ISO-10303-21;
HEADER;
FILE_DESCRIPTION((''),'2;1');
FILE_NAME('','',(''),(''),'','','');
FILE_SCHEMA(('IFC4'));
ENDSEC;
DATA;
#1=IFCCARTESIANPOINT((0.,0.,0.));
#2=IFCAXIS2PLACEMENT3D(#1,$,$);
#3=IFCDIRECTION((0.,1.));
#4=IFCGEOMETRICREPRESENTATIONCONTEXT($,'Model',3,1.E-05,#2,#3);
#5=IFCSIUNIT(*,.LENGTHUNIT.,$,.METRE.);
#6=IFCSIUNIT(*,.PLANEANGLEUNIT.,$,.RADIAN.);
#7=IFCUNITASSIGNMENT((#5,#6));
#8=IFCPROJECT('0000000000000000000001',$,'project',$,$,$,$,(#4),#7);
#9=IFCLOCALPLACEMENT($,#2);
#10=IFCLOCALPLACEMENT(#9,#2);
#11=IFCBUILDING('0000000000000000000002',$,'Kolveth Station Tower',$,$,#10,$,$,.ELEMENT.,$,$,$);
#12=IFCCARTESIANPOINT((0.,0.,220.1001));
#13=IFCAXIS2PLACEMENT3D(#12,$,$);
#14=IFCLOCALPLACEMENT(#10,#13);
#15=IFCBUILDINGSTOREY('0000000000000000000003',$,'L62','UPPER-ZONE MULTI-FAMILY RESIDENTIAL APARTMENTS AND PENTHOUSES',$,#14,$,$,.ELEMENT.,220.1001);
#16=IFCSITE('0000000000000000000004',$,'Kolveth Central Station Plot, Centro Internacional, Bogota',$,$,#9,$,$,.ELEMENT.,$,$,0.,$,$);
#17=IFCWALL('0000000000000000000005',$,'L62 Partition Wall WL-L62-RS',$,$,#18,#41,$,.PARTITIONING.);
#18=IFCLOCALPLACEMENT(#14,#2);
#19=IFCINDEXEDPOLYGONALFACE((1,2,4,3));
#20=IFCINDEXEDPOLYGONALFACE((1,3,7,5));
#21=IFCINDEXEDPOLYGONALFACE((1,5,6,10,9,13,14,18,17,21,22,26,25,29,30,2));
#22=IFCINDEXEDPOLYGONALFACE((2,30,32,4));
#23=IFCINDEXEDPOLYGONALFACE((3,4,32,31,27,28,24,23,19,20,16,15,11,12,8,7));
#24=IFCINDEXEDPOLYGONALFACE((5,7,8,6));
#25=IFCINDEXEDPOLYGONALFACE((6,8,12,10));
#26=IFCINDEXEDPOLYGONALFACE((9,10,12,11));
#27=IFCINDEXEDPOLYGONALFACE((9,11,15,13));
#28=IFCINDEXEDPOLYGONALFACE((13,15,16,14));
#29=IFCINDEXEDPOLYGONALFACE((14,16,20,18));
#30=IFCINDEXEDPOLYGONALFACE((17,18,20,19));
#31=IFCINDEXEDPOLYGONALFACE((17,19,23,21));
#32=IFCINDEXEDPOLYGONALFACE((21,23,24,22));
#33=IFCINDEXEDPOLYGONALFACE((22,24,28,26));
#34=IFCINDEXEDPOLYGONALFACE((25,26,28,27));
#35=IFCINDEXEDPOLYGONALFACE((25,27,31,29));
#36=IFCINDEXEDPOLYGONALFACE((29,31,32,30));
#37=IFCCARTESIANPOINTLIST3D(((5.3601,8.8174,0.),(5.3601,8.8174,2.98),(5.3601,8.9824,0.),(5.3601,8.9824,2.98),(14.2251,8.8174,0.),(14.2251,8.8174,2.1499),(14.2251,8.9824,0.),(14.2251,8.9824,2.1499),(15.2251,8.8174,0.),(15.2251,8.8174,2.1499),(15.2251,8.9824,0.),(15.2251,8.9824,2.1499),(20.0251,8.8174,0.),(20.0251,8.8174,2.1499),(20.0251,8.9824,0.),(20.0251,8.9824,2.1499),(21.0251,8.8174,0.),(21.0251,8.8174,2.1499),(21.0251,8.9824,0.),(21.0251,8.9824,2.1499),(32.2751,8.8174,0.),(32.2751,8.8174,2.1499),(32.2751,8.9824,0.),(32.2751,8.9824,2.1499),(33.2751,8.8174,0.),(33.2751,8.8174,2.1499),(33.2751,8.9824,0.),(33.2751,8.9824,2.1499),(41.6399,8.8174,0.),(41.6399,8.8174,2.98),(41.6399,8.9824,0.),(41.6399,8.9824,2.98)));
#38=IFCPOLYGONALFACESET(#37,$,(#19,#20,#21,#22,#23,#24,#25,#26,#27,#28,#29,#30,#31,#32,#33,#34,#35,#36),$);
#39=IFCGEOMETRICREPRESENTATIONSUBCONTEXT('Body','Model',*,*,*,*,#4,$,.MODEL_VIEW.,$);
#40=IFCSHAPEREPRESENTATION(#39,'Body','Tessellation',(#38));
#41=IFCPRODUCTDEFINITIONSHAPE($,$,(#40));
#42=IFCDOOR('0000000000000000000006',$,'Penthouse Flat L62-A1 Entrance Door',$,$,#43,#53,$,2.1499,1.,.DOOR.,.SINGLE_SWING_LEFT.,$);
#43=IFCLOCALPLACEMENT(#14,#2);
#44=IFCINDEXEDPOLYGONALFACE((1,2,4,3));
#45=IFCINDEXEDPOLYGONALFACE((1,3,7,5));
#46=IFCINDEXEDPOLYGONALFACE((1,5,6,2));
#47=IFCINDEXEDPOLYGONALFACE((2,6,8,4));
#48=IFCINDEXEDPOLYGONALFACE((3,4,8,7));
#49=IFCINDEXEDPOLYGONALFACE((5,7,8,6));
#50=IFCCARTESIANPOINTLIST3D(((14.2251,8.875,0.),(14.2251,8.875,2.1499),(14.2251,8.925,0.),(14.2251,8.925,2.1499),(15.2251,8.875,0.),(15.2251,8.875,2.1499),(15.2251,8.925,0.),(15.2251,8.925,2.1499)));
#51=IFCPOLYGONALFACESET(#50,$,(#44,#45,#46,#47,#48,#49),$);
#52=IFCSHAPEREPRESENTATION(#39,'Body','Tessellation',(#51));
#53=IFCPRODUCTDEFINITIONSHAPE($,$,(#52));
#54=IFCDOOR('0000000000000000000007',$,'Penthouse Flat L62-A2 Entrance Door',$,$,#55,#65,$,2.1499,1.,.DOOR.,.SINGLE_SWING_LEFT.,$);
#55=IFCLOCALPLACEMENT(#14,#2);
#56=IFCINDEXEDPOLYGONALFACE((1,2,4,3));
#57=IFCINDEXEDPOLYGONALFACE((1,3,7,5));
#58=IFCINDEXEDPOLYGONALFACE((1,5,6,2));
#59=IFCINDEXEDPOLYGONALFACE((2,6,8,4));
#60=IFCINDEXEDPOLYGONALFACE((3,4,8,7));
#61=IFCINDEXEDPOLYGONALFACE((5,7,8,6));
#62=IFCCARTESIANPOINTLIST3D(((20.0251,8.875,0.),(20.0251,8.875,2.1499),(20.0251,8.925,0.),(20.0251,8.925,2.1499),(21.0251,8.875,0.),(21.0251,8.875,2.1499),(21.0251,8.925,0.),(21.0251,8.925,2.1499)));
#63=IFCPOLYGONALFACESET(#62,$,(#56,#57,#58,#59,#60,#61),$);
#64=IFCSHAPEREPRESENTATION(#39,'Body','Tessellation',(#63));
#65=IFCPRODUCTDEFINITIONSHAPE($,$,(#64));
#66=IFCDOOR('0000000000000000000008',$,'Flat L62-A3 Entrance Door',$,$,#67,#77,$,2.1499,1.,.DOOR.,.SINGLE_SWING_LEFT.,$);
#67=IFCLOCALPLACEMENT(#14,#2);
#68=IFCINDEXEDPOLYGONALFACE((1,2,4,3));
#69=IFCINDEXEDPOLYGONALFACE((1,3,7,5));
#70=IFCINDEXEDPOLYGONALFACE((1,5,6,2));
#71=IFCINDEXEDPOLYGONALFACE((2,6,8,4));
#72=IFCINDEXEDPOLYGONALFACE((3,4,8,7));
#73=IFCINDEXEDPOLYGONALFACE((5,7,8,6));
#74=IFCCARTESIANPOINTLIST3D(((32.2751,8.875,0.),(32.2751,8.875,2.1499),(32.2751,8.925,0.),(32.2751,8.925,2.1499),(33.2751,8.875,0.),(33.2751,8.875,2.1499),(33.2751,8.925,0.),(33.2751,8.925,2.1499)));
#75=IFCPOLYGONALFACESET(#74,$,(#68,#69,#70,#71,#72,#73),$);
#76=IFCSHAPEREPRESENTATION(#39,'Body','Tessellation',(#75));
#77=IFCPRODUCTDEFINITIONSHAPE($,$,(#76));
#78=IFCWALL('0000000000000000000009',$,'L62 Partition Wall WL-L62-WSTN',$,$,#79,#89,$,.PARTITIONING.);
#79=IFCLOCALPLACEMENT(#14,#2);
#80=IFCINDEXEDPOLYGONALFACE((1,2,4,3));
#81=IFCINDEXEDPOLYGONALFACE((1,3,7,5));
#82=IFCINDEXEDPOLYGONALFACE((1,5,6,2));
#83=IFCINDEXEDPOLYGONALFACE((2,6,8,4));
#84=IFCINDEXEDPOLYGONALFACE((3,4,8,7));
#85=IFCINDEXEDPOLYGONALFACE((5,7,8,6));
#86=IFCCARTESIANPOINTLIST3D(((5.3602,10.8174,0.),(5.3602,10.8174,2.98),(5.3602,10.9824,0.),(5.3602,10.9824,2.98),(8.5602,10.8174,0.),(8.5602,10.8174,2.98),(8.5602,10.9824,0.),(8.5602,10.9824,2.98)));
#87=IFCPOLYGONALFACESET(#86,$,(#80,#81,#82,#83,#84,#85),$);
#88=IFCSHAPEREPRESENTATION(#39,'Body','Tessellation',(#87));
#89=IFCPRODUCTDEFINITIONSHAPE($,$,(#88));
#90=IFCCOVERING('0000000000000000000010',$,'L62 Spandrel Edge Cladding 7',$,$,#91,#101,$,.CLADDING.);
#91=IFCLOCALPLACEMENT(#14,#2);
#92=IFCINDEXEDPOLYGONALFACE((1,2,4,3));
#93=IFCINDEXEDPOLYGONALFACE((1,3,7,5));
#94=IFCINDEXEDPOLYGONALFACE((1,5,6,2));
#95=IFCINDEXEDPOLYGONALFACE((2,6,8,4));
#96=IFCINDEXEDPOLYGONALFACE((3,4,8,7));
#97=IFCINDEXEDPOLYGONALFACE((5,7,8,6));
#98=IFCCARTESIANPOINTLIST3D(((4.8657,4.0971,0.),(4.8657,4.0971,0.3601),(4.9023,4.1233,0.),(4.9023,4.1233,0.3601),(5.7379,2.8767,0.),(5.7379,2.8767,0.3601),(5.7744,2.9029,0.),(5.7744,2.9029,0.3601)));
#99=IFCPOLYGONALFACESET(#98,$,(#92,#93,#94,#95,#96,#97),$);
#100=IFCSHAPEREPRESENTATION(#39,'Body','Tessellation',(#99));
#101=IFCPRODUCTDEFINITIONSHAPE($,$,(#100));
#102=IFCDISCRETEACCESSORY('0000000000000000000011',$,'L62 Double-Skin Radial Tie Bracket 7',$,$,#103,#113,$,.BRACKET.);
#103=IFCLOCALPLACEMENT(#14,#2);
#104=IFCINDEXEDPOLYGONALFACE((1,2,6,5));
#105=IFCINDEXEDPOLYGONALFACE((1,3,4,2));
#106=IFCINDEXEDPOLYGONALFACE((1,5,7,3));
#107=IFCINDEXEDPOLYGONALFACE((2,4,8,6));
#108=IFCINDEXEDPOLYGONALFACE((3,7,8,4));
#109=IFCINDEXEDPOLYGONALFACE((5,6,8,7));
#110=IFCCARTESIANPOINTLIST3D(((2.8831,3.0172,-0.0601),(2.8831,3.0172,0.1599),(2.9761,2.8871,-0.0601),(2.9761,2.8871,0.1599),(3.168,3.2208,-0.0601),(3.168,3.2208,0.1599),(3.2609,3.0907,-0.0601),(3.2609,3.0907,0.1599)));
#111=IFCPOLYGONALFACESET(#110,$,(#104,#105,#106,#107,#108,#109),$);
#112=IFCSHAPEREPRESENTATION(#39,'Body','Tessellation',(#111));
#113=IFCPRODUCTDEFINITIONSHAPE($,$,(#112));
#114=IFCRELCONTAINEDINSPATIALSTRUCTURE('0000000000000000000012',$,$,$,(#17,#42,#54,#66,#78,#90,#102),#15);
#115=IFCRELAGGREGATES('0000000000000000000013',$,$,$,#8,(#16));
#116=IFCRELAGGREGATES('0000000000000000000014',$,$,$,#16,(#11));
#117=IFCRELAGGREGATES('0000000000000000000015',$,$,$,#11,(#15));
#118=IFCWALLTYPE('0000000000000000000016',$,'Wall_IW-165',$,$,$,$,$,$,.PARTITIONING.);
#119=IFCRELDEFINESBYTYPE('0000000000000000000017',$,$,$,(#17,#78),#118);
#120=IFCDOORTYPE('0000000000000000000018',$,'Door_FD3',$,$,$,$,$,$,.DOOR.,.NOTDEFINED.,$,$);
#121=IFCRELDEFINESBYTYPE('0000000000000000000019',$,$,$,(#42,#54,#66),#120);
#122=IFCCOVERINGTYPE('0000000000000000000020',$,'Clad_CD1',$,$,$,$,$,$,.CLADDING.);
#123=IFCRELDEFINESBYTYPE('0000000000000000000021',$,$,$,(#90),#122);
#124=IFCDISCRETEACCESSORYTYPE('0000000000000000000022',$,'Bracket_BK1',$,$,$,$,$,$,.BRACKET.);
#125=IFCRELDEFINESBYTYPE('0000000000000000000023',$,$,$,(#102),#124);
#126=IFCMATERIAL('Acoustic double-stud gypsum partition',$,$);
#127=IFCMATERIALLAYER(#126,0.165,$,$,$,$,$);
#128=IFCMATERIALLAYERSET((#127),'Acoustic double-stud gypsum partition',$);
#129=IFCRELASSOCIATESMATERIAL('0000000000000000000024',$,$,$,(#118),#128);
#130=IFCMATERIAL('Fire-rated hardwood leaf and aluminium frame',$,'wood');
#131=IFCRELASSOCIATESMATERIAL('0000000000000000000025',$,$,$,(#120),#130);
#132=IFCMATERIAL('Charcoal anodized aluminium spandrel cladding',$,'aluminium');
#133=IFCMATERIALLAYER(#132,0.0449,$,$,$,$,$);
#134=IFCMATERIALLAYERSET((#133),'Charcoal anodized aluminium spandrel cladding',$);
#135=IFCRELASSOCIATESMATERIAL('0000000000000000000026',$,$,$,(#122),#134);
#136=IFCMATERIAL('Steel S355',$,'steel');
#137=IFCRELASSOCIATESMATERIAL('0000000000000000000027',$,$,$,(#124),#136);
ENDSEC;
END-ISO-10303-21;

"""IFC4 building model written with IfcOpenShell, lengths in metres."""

from ifc_helpers import new_model, si_unit, direction, frame, frame_2d, origin, origin_2d, place, context, subcontext, project, spatial, rectangle, extrude, source, transform, mapped, material, layer, layer_set, type_object, element, fill, save


model = new_model("IFC4")

# Units and contexts
model_context = context("Model", 3, precision=1e-05, world=origin(), true_north=direction((0.0, 1.0)))
body_context = subcontext(model_context, "Body", "Model", "MODEL_VIEW")
ifc_project = project(units=[si_unit("LENGTHUNIT", "METRE"), si_unit("PLANEANGLEUNIT", "RADIAN")], contexts=[model_context])

# Site, building, storey
site_placement = place(None, origin())
site = spatial("IfcSite", under=ifc_project, at=site_placement, Name="Kolveth Central Station Plot, Centro Internacional, Bogota", CompositionType="ELEMENT", RefElevation=0.0)
building_placement = place(site_placement, origin())
building = spatial("IfcBuilding", under=site, at=building_placement, Name="Kolveth Station Tower", CompositionType="ELEMENT")
storey_placement = place(building_placement, frame((0.0, 0.0, 220.1001)))
storey = spatial("IfcBuildingStorey", under=building, at=storey_placement, Name="L62", Description="UPPER-ZONE MULTI-FAMILY RESIDENTIAL APARTMENTS AND PENTHOUSES", CompositionType="ELEMENT", Elevation=220.1001)

# Shared definitions
ifc_material_1 = material(Name="Steel S355", Category="steel")

# Wall, openings, doors
ifc_material_2 = material(Name="Acoustic double-stud gypsum partition")
ifc_layer_1 = layer(ifc_material_2, 0.165)
ifc_layer_set_1 = layer_set([ifc_layer_1], Name="Acoustic double-stud gypsum partition")
wall_type_1 = type_object("IfcWallType", Name="Wall_IW-165", PredefinedType="PARTITIONING", material=ifc_layer_set_1)
wall_1_placement = place(storey_placement, frame((5.3601, 8.8999, 0.0), z_axis=(0.0, 0.0, 1.0), x_axis=(1.0, 0.0, 0.0)))
wall_1 = element("IfcWall", 1, at=wall_1_placement, inside=storey, type_object=wall_type_1, Name="L62 Partition Wall WL-L62-RS", PredefinedType="PARTITIONING", context=body_context, shape_type="SweptSolid", body=[
    extrude(rectangle(XDim=36.2798, YDim=0.165, at=frame_2d((18.1399, 0.0))), origin(), (0.0, 0.0, 1.0), 2.98),
])
opening_1_placement = place(wall_1_placement, frame((8.865, 0.0, 0.0)))
opening_1 = element("IfcOpeningElement", 2, at=opening_1_placement, cuts=wall_1, PredefinedType="OPENING", context=body_context, shape_type="SweptSolid", body=[
    extrude(rectangle(XDim=1.0, YDim=2.1499, at=frame_2d((0.5, 1.075))), frame((0.0, 0.0925, 0.0), z_axis=(0.0, -1.0, 0.0), x_axis=(1.0, 0.0, 0.0)), (0.0, 0.0, 1.0), 0.1851),
])
opening_2_placement = place(wall_1_placement, frame((14.665, 0.0, 0.0)))
opening_2 = element("IfcOpeningElement", 3, at=opening_2_placement, cuts=wall_1, PredefinedType="OPENING", context=body_context, shape_type="SweptSolid", body=[
    extrude(rectangle(XDim=1.0, YDim=2.1499, at=frame_2d((0.5, 1.075))), frame((0.0, 0.0925, 0.0), z_axis=(0.0, -1.0, 0.0), x_axis=(1.0, 0.0, 0.0)), (0.0, 0.0, 1.0), 0.1851),
])
opening_3_placement = place(wall_1_placement, frame((26.915, 0.0, 0.0)))
opening_3 = element("IfcOpeningElement", 4, at=opening_3_placement, cuts=wall_1, PredefinedType="OPENING", context=body_context, shape_type="SweptSolid", body=[
    extrude(rectangle(XDim=1.0, YDim=2.1499, at=frame_2d((0.5, 1.075))), frame((0.0, 0.0925, 0.0), z_axis=(0.0, -1.0, 0.0), x_axis=(1.0, 0.0, 0.0)), (0.0, 0.0, 1.0), 0.1851),
])
ifc_material_3 = material(Name="Fire-rated hardwood leaf and aluminium frame", Category="wood")
door_type_1 = type_object("IfcDoorType", Name="Door_FD3", OperationType="NOTDEFINED", PredefinedType="DOOR", material=ifc_material_3)
door_1_placement = place(opening_1_placement, frame((1.0, 0.0, 0.0), z_axis=(0.0, 0.0, 1.0), x_axis=(-1.0, 0.0, 0.0)))
door_1 = element("IfcDoor", 5, at=door_1_placement, inside=storey, type_object=door_type_1, Name="Penthouse Flat L62-A1 Entrance Door", OperationType="SINGLE_SWING_LEFT", OverallHeight=2.1499, OverallWidth=1.0, PredefinedType="DOOR", context=body_context, shape_type="SweptSolid", body=[
    extrude(rectangle(XDim=1.0, YDim=2.1499, at=frame_2d((0.5, 1.075))), frame((0.0, 0.0249, 0.0), z_axis=(0.0, -1.0, 0.0), x_axis=(1.0, 0.0, 0.0)), (0.0, 0.0, 1.0), 0.05),
])
fill(opening_1, door_1)
door_2_placement = place(opening_2_placement, frame((1.0, 0.0, 0.0), z_axis=(0.0, 0.0, 1.0), x_axis=(-1.0, 0.0, 0.0)))
door_2 = element("IfcDoor", 6, at=door_2_placement, inside=storey, type_object=door_type_1, Name="Penthouse Flat L62-A2 Entrance Door", OperationType="SINGLE_SWING_LEFT", OverallHeight=2.1499, OverallWidth=1.0, PredefinedType="DOOR", context=body_context, shape_type="SweptSolid", body=[
    extrude(rectangle(XDim=1.0, YDim=2.1499, at=frame_2d((0.5, 1.075))), frame((0.0, 0.0249, 0.0), z_axis=(0.0, -1.0, 0.0), x_axis=(1.0, 0.0, 0.0)), (0.0, 0.0, 1.0), 0.05),
])
fill(opening_2, door_2)
door_3_placement = place(opening_3_placement, frame((1.0, 0.0, 0.0), z_axis=(0.0, 0.0, 1.0), x_axis=(-1.0, 0.0, 0.0)))
door_3 = element("IfcDoor", 7, at=door_3_placement, inside=storey, type_object=door_type_1, Name="Flat L62-A3 Entrance Door", OperationType="SINGLE_SWING_LEFT", OverallHeight=2.1499, OverallWidth=1.0, PredefinedType="DOOR", context=body_context, shape_type="SweptSolid", body=[
    extrude(rectangle(XDim=1.0, YDim=2.1499, at=frame_2d((0.5, 1.075))), frame((0.0, 0.0249, 0.0), z_axis=(0.0, -1.0, 0.0), x_axis=(1.0, 0.0, 0.0)), (0.0, 0.0, 1.0), 0.05),
])
fill(opening_3, door_3)

# Wall
wall_2_placement = place(storey_placement, frame((5.3601, 10.8999, 0.0), z_axis=(0.0, 0.0, 1.0), x_axis=(1.0, 0.0, 0.0)))
element("IfcWall", 8, at=wall_2_placement, inside=storey, type_object=wall_type_1, Name="L62 Partition Wall WL-L62-WSTN", PredefinedType="PARTITIONING", context=body_context, shape_type="SweptSolid", body=[
    extrude(rectangle(XDim=3.2, YDim=0.165, at=frame_2d((1.6001, 0.0))), origin(), (0.0, 0.0, 1.0), 2.98),
])

# Covering
ifc_material_4 = material(Name="Charcoal anodized aluminium spandrel cladding", Category="aluminium")
ifc_layer_2 = layer(ifc_material_4, 0.0449)
ifc_layer_set_2 = layer_set([ifc_layer_2], Name="Charcoal anodized aluminium spandrel cladding")
covering_type = type_object("IfcCoveringType", Name="Clad_CD1", PredefinedType="CLADDING", material=ifc_layer_set_2)
shared_shape_1 = source(origin(), body_context, "Body", "SweptSolid", [
    extrude(rectangle(XDim=1.5, YDim=0.0449, at=origin_2d()), origin(), (0.0, 0.0, 1.0), 0.3601),
])
covering_placement = place(storey_placement, frame((5.3201, 3.5, 0.0), z_axis=(0.0, 0.0, 1.0), x_axis=(0.581413, -0.813608, 0.0)))
element("IfcCovering", 9, at=covering_placement, inside=storey, type_object=covering_type, Name="L62 Spandrel Edge Cladding 7", PredefinedType="CLADDING", context=body_context, shape_type="MappedRepresentation", body=[
    mapped(shared_shape_1, transform((0.0, 0.0, 0.0), x_axis=(1.0, 0.0, 0.0), y_axis=(0.0, 1.0, 0.0), z_axis=(0.0, 0.0, 1.0), scale=1.0)),
])

# Discrete accessory
discrete_accessory_type = type_object("IfcDiscreteAccessoryType", Name="Bracket_BK1", PredefinedType="BRACKET", material=ifc_material_1)
shared_shape_2 = source(origin(), body_context, "Body", "SweptSolid", [
    extrude(rectangle(XDim=0.3501, YDim=0.1599, at=origin_2d()), origin(), (0.0, 0.0, 1.0), 0.22),
])
discrete_accessory_placement = place(storey_placement, frame((3.072, 3.054, -0.0601), z_axis=(0.0, 0.0, 1.0), x_axis=(-0.813608, -0.581413, 0.0)))
element("IfcDiscreteAccessory", 10, at=discrete_accessory_placement, inside=storey, type_object=discrete_accessory_type, Name="L62 Double-Skin Radial Tie Bracket 7", PredefinedType="BRACKET", context=body_context, shape_type="MappedRepresentation", body=[
    mapped(shared_shape_2, transform((0.0, 0.0, 0.0), x_axis=(1.0, 0.0, 0.0), y_axis=(0.0, 1.0, 0.0), z_axis=(0.0, 0.0, 1.0), scale=1.0)),
])

save(model, "model.ifc")
